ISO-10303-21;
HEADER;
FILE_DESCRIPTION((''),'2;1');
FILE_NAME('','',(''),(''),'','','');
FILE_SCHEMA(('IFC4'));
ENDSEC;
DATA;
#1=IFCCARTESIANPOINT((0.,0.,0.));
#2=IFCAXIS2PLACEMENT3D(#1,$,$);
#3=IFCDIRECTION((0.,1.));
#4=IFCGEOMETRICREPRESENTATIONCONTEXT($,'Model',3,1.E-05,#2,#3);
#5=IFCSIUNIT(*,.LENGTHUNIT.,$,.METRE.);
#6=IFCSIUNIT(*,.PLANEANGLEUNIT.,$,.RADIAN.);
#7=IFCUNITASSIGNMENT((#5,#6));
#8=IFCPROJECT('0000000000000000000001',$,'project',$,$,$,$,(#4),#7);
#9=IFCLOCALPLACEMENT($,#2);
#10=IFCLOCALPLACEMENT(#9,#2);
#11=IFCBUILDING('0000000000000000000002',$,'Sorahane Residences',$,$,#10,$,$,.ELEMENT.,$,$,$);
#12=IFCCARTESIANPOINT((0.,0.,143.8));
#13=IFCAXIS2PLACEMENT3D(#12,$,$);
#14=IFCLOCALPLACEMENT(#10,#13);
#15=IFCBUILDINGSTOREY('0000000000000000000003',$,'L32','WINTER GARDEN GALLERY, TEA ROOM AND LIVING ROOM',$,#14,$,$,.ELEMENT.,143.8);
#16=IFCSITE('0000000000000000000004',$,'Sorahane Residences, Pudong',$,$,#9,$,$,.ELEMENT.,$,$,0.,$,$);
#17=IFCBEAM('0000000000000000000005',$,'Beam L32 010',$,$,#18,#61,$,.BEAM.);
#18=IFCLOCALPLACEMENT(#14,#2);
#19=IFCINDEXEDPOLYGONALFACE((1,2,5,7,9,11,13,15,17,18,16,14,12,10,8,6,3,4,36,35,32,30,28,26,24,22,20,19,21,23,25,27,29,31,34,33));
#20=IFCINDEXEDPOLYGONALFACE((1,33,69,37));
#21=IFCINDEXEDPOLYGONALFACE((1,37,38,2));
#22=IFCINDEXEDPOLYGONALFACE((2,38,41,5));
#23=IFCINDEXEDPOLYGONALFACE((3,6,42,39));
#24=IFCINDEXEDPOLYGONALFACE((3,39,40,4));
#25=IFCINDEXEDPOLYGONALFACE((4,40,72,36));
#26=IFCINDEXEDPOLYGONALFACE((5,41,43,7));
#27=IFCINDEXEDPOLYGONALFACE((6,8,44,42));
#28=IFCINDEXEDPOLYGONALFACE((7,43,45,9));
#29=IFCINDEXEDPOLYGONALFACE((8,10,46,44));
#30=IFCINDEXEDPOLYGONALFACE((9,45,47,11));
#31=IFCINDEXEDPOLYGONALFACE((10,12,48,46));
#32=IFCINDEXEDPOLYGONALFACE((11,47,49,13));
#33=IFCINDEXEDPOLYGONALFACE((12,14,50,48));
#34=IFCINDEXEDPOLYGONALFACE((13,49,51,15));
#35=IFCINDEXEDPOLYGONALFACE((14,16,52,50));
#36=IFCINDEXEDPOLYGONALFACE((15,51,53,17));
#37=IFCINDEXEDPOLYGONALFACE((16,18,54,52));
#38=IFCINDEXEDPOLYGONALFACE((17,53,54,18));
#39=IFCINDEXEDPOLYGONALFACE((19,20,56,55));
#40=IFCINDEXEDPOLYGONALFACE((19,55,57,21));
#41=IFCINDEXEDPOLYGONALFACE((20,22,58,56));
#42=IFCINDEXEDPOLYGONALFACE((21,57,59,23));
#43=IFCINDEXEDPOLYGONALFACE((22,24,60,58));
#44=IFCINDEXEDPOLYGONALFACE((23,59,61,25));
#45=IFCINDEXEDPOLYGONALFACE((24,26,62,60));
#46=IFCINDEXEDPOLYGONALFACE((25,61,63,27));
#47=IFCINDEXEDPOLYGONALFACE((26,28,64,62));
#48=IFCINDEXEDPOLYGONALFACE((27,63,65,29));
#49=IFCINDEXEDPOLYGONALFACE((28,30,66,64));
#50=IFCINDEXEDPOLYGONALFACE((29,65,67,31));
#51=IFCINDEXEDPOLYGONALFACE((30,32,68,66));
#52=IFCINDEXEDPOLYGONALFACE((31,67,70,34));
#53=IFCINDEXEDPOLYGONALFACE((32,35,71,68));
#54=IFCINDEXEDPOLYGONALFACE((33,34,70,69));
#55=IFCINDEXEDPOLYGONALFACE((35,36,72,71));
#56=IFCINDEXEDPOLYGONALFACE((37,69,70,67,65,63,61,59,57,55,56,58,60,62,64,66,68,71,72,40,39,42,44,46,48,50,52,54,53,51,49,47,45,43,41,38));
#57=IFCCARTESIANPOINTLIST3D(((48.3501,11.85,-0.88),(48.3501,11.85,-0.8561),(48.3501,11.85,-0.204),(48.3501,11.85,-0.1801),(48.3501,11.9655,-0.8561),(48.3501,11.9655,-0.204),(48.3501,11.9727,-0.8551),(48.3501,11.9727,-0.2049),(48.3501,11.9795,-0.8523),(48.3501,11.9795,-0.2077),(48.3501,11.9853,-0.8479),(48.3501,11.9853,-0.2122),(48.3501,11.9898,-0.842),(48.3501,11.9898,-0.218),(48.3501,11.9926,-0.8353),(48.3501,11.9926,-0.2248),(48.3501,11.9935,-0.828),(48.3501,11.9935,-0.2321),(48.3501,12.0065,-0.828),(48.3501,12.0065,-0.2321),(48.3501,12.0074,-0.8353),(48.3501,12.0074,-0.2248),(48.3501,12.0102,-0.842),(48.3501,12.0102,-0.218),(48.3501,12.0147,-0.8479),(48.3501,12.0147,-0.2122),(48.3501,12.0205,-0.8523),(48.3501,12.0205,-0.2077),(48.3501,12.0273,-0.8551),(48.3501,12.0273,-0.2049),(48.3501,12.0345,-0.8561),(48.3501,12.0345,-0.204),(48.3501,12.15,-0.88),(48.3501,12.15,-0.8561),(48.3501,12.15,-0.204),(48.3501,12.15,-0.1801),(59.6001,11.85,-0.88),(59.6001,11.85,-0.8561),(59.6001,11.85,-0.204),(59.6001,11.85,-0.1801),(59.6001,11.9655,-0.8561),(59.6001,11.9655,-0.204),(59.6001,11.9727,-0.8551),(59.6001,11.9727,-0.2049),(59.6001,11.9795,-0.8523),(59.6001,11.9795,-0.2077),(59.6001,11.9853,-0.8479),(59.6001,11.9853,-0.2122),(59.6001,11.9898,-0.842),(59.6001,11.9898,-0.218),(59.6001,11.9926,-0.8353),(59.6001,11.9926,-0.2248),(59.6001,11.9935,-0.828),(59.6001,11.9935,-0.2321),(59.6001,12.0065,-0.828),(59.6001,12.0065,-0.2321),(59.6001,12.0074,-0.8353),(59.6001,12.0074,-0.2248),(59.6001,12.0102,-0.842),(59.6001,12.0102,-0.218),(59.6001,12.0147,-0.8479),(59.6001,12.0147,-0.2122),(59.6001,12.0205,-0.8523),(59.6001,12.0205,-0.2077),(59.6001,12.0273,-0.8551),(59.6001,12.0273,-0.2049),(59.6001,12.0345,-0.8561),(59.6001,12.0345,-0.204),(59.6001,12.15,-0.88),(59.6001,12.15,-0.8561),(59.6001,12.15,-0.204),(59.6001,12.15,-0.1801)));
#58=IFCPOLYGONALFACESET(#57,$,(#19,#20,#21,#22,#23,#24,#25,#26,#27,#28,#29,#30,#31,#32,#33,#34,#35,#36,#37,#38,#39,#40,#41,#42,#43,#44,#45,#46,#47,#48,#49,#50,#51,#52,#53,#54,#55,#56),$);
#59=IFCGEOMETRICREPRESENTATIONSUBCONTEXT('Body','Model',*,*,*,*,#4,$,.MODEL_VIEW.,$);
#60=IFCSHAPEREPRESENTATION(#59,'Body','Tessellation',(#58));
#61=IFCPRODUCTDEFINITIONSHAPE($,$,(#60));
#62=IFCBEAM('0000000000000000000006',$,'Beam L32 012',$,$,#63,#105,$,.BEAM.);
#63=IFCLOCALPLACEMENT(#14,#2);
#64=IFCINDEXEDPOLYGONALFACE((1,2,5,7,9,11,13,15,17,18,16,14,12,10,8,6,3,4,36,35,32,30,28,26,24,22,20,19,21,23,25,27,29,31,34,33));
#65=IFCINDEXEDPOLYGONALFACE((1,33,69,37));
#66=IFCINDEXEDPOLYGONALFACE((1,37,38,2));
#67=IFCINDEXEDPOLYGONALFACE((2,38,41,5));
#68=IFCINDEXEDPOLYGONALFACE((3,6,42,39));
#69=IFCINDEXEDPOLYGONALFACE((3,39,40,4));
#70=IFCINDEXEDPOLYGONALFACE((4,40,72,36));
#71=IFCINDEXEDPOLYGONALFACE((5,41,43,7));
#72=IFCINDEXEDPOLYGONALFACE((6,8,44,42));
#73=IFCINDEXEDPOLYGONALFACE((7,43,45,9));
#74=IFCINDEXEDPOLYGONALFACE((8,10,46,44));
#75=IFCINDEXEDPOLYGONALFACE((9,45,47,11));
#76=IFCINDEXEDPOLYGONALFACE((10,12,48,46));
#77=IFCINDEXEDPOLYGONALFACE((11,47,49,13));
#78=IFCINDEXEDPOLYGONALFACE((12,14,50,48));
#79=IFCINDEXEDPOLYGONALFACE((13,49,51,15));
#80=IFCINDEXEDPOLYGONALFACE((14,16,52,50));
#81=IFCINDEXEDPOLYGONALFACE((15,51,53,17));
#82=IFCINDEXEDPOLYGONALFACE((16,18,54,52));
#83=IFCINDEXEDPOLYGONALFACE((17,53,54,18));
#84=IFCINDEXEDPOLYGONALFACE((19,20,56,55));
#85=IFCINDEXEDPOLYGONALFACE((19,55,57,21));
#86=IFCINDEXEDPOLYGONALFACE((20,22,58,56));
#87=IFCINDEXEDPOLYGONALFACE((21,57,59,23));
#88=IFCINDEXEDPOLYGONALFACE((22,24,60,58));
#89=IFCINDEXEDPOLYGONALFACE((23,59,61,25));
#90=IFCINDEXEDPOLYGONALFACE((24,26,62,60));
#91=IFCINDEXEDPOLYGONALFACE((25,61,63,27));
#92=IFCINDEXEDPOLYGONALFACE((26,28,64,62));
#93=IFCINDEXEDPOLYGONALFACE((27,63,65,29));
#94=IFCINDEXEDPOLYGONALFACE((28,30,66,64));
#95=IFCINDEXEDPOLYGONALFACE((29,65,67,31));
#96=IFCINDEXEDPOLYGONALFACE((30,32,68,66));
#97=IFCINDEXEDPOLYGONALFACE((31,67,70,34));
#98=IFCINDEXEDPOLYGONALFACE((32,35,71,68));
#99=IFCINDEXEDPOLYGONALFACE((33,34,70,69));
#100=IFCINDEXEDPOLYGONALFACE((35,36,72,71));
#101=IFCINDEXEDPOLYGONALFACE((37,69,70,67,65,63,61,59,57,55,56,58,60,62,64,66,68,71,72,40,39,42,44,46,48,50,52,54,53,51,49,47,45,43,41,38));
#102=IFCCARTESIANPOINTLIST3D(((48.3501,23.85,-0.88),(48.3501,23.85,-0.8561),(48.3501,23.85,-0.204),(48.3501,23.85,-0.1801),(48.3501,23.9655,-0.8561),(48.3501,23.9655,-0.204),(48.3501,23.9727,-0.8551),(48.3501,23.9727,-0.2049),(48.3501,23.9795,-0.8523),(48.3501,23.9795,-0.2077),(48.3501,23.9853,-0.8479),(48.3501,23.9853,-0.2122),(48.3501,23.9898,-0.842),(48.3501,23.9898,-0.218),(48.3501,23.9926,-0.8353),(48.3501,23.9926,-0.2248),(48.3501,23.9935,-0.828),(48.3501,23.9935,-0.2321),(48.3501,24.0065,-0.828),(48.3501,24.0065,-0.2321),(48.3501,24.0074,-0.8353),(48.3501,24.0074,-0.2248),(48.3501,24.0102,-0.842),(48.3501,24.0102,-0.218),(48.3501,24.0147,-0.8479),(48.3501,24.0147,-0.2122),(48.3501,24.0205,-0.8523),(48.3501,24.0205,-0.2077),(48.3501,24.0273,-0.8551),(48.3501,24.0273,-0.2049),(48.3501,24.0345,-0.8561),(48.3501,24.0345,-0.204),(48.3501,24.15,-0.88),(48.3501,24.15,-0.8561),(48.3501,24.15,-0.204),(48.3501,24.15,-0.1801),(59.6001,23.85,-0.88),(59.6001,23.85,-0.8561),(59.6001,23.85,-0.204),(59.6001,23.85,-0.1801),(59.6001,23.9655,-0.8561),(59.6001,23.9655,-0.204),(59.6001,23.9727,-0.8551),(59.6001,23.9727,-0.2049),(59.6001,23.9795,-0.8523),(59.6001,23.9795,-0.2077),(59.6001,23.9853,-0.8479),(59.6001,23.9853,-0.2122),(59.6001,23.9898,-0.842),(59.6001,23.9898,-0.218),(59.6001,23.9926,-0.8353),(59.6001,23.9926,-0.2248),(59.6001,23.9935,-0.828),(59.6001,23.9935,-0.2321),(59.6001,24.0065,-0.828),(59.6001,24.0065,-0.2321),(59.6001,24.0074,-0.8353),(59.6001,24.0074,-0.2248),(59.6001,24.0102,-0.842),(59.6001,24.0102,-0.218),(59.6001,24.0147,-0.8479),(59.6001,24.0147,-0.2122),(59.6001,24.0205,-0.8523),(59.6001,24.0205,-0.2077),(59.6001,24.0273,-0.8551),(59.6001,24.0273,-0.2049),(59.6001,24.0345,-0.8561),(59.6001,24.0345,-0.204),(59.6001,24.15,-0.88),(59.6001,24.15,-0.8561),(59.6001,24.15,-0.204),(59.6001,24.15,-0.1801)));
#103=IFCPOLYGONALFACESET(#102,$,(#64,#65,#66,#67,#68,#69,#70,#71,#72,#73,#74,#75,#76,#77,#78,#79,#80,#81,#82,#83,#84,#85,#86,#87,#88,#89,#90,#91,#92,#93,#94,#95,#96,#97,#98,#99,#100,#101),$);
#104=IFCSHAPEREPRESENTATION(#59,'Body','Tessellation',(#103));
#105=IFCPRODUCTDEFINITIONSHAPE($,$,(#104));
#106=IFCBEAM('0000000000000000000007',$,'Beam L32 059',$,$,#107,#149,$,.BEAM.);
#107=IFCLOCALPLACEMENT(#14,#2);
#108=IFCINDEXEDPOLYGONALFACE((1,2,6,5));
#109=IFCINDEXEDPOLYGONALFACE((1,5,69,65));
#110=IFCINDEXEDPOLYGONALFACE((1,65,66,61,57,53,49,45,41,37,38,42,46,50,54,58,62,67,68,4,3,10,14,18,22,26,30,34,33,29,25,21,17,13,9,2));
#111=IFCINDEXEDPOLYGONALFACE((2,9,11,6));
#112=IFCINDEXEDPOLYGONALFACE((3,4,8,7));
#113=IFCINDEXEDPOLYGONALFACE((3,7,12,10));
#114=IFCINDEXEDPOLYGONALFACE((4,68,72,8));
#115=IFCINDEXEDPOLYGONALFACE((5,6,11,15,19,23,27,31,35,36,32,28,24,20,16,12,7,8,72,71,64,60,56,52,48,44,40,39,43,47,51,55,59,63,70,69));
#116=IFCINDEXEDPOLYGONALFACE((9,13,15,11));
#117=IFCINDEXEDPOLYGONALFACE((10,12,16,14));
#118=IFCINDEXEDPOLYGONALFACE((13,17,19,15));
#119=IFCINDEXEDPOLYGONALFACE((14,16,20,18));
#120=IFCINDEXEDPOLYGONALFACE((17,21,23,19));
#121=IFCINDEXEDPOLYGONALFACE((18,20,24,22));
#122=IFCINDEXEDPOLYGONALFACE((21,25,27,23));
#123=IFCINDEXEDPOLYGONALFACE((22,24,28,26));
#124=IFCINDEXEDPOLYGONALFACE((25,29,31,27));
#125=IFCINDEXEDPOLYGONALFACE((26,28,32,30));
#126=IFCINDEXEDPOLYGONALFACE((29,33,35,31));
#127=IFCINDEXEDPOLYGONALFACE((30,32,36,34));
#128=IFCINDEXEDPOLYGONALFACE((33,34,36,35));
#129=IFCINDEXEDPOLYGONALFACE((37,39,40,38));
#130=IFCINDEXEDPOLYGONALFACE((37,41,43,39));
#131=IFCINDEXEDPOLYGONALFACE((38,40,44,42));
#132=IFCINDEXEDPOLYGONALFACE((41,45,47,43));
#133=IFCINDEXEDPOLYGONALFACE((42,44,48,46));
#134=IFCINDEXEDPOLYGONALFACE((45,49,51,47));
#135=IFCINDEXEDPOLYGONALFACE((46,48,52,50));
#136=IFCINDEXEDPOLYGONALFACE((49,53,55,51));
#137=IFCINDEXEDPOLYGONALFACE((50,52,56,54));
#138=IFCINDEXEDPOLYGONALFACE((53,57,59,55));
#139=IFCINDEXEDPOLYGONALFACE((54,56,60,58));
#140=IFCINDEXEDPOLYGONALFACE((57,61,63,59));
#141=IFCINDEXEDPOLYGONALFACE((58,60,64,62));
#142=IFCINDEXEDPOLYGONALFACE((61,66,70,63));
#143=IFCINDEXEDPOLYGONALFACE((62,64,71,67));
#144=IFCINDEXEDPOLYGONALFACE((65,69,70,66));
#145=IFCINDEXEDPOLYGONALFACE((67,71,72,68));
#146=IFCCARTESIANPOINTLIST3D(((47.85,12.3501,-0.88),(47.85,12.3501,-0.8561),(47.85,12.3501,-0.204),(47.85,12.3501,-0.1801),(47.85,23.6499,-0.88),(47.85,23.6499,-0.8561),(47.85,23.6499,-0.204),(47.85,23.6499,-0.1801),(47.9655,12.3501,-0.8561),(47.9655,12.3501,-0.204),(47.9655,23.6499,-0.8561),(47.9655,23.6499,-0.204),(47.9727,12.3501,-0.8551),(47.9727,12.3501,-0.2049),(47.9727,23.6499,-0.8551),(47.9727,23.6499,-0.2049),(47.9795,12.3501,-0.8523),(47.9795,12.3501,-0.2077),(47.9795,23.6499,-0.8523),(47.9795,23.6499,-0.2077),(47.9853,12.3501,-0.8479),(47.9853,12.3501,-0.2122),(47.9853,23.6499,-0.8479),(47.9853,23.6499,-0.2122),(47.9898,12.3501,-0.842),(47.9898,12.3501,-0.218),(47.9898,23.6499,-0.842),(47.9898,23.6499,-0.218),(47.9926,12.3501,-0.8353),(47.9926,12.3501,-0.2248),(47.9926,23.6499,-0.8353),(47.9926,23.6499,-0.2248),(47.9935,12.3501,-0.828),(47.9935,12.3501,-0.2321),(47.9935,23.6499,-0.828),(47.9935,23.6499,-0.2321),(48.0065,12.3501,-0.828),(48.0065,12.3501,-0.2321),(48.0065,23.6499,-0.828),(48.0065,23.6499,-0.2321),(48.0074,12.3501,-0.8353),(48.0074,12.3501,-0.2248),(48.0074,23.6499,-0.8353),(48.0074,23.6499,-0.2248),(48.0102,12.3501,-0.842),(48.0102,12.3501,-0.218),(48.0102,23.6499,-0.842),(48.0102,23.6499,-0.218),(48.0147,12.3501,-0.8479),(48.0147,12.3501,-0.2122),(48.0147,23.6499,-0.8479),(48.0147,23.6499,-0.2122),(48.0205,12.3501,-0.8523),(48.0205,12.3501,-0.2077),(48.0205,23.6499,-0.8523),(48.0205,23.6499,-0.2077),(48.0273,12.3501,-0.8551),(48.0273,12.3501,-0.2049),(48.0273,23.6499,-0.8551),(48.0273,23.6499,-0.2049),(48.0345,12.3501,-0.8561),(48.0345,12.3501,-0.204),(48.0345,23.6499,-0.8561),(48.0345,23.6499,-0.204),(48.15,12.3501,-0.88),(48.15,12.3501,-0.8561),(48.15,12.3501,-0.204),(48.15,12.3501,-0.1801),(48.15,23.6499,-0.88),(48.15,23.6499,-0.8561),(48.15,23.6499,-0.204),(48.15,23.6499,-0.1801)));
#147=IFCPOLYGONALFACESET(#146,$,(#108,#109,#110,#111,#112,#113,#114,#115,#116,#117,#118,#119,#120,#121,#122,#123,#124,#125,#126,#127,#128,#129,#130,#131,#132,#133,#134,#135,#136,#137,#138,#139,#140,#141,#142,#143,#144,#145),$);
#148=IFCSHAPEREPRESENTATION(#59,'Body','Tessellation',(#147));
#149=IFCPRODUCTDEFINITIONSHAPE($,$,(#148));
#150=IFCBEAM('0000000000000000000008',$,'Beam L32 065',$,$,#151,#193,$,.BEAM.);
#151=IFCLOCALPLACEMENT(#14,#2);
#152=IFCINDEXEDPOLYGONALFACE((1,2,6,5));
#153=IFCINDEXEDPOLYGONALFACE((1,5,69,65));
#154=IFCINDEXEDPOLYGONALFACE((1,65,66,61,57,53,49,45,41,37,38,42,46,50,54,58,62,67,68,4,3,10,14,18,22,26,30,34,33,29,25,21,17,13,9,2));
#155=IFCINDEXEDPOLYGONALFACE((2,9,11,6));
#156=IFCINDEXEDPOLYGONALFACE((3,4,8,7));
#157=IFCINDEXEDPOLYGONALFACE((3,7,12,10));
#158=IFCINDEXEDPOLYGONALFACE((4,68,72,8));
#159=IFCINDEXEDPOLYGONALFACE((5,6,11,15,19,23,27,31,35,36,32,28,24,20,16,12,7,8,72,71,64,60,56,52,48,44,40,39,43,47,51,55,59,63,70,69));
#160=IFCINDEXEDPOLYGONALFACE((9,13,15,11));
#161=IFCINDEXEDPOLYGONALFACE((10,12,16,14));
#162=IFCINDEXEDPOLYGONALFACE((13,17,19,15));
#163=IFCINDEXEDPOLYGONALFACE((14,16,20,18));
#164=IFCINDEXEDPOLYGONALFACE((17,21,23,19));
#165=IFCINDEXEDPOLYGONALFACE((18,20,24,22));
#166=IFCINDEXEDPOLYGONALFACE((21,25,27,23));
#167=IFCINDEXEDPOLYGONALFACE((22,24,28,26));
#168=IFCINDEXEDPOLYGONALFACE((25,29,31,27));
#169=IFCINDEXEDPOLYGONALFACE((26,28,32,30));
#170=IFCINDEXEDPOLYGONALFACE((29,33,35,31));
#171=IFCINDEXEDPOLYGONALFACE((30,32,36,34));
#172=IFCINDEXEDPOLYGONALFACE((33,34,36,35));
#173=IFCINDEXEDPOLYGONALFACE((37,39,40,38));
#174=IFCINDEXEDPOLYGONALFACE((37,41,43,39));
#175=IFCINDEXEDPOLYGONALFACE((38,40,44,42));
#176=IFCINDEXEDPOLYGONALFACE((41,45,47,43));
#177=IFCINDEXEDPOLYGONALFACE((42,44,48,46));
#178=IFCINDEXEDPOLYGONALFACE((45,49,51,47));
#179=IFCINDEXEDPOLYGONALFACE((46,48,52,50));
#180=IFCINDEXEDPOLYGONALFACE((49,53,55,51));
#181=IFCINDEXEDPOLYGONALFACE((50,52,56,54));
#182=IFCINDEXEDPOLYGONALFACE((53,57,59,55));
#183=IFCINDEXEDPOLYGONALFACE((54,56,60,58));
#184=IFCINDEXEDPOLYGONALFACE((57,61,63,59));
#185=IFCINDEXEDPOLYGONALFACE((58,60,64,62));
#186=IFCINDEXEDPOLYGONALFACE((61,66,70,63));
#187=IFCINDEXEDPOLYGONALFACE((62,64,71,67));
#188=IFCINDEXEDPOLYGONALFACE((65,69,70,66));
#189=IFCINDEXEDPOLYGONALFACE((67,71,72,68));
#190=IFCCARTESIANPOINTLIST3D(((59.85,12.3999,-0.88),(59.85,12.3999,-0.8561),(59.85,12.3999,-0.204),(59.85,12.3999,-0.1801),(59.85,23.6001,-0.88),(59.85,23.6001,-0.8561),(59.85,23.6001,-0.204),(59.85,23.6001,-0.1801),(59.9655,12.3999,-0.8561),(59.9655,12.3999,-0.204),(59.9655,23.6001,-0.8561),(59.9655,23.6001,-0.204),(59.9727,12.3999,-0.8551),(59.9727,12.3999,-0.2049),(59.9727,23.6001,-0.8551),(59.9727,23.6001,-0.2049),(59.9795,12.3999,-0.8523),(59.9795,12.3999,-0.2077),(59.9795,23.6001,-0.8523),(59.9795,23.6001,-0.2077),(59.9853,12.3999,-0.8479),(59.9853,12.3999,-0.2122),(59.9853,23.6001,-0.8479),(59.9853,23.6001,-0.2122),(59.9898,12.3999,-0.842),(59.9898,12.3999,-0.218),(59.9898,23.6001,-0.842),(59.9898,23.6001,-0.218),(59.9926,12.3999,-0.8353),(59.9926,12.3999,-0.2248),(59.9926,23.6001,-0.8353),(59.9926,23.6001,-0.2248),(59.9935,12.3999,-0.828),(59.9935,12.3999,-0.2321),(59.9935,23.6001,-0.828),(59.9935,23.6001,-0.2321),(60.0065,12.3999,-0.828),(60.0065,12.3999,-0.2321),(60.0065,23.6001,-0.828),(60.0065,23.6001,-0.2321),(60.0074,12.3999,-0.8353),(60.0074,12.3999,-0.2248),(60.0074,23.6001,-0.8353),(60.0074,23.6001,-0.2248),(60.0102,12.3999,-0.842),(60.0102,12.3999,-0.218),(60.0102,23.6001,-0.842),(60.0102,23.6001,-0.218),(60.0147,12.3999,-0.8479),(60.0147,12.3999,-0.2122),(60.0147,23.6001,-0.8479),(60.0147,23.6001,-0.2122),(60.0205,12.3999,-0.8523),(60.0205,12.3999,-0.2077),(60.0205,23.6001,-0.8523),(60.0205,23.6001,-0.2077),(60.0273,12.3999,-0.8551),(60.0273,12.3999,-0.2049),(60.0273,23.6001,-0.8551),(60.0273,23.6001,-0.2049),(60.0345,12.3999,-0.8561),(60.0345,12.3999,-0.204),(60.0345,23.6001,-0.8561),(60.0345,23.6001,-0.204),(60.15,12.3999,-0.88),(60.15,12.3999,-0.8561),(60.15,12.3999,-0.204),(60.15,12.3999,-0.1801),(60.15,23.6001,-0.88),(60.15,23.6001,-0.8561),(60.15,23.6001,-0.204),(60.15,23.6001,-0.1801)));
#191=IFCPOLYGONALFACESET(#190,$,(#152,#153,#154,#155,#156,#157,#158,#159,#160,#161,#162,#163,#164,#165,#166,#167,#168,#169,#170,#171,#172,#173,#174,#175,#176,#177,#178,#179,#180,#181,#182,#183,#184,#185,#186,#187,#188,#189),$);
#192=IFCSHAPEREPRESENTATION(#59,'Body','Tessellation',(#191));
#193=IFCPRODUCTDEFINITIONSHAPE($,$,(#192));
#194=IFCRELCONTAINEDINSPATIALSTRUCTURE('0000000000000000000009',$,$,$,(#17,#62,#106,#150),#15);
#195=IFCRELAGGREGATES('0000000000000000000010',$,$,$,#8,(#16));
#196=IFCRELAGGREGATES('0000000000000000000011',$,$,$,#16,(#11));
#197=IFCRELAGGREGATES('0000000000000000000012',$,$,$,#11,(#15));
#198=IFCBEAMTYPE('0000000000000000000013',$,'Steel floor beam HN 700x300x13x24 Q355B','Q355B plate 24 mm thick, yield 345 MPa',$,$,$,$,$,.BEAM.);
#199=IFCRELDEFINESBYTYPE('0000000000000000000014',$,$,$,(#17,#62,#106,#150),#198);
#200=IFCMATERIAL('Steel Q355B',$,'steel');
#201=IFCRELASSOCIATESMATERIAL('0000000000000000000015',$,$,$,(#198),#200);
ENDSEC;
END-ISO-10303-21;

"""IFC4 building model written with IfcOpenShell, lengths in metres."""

from ifc_helpers import new_model, si_unit, direction, frame, origin, origin_2d, place, context, subcontext, project, spatial, i_section, extrude, material, material_profile, profile_set, type_object, element, save


model = new_model("IFC4")

# Units and contexts
model_context = context("Model", 3, precision=1e-05, world=origin(), true_north=direction((0.0, 1.0)))
body_context = subcontext(model_context, "Body", "Model", "MODEL_VIEW")
ifc_project = project(units=[si_unit("LENGTHUNIT", "METRE"), si_unit("PLANEANGLEUNIT", "RADIAN")], contexts=[model_context])

# Site, building, storey
site_placement = place(None, origin())
site = spatial("IfcSite", under=ifc_project, at=site_placement, Name="Sorahane Residences, Pudong", CompositionType="ELEMENT", RefElevation=0.0)
building_placement = place(site_placement, origin())
building = spatial("IfcBuilding", under=site, at=building_placement, Name="Sorahane Residences", CompositionType="ELEMENT")
storey_placement = place(building_placement, frame((0.0, 0.0, 143.8)))
storey = spatial("IfcBuildingStorey", under=building, at=storey_placement, Name="L32", Description="WINTER GARDEN GALLERY, TEA ROOM AND LIVING ROOM", CompositionType="ELEMENT", Elevation=143.8)

# Beams
ifc_material_1 = material(Name="Steel Q355B", Category="steel")
ifc_material_profile_1 = material_profile(ifc_material_1, i_section(OverallWidth=0.3, OverallDepth=0.7, WebThickness=0.0129, FlangeThickness=0.0239, FilletRadius=0.0281, at=origin_2d()), Name="HN 700x300x13x24")
ifc_profile_set_1 = profile_set([ifc_material_profile_1], Name="Steel Q355B")
beam_type_1 = type_object("IfcBeamType", Name="Steel floor beam HN 700x300x13x24 Q355B", Description="Q355B plate 24 mm thick, yield 345 MPa", PredefinedType="BEAM", material=ifc_profile_set_1)
for number, where, z_axis, x_axis, name in (
    (1, (48.3501, 12.0, -0.53), (1.0, 0.0, 0.0), (0.0, 1.0, 0.0), "Beam L32 010"),
    (2, (48.3501, 24.0, -0.53), (1.0, 0.0, 0.0), (0.0, 1.0, 0.0), "Beam L32 012"),
):
    element("IfcBeam", number, at=place(storey_placement, frame(where, z_axis=z_axis, x_axis=x_axis)), inside=storey, type_object=beam_type_1, Name=name, PredefinedType="BEAM", context=body_context, shape_type="SweptSolid", body=[
        extrude(i_section(OverallWidth=0.3, OverallDepth=0.7, WebThickness=0.0129, FlangeThickness=0.0239, FilletRadius=0.0281, at=origin_2d()), origin(), (0.0, 0.0, 1.0), 11.25),
    ])
beam_1_placement = place(storey_placement, frame((48.0, 12.3501, -0.53), z_axis=(0.0, 1.0, 0.0), x_axis=(-1.0, 0.0, 0.0)))
element("IfcBeam", 3, at=beam_1_placement, inside=storey, type_object=beam_type_1, Name="Beam L32 059", PredefinedType="BEAM", context=body_context, shape_type="SweptSolid", body=[
    extrude(i_section(OverallWidth=0.3, OverallDepth=0.7, WebThickness=0.0129, FlangeThickness=0.0239, FilletRadius=0.0281, at=origin_2d()), origin(), (0.0, 0.0, 1.0), 11.2998),
])
for number, where, z_axis, x_axis, name in (
    (4, (60.0, 12.3999, -0.53), (0.0, 1.0, 0.0), (-1.0, 0.0, 0.0), "Beam L32 065"),
):
    element("IfcBeam", number, at=place(storey_placement, frame(where, z_axis=z_axis, x_axis=x_axis)), inside=storey, type_object=beam_type_1, Name=name, PredefinedType="BEAM", context=body_context, shape_type="SweptSolid", body=[
        extrude(i_section(OverallWidth=0.3, OverallDepth=0.7, WebThickness=0.0129, FlangeThickness=0.0239, FilletRadius=0.0281, at=origin_2d()), origin(), (0.0, 0.0, 1.0), 11.2002),
    ])

save(model, "model.ifc")
